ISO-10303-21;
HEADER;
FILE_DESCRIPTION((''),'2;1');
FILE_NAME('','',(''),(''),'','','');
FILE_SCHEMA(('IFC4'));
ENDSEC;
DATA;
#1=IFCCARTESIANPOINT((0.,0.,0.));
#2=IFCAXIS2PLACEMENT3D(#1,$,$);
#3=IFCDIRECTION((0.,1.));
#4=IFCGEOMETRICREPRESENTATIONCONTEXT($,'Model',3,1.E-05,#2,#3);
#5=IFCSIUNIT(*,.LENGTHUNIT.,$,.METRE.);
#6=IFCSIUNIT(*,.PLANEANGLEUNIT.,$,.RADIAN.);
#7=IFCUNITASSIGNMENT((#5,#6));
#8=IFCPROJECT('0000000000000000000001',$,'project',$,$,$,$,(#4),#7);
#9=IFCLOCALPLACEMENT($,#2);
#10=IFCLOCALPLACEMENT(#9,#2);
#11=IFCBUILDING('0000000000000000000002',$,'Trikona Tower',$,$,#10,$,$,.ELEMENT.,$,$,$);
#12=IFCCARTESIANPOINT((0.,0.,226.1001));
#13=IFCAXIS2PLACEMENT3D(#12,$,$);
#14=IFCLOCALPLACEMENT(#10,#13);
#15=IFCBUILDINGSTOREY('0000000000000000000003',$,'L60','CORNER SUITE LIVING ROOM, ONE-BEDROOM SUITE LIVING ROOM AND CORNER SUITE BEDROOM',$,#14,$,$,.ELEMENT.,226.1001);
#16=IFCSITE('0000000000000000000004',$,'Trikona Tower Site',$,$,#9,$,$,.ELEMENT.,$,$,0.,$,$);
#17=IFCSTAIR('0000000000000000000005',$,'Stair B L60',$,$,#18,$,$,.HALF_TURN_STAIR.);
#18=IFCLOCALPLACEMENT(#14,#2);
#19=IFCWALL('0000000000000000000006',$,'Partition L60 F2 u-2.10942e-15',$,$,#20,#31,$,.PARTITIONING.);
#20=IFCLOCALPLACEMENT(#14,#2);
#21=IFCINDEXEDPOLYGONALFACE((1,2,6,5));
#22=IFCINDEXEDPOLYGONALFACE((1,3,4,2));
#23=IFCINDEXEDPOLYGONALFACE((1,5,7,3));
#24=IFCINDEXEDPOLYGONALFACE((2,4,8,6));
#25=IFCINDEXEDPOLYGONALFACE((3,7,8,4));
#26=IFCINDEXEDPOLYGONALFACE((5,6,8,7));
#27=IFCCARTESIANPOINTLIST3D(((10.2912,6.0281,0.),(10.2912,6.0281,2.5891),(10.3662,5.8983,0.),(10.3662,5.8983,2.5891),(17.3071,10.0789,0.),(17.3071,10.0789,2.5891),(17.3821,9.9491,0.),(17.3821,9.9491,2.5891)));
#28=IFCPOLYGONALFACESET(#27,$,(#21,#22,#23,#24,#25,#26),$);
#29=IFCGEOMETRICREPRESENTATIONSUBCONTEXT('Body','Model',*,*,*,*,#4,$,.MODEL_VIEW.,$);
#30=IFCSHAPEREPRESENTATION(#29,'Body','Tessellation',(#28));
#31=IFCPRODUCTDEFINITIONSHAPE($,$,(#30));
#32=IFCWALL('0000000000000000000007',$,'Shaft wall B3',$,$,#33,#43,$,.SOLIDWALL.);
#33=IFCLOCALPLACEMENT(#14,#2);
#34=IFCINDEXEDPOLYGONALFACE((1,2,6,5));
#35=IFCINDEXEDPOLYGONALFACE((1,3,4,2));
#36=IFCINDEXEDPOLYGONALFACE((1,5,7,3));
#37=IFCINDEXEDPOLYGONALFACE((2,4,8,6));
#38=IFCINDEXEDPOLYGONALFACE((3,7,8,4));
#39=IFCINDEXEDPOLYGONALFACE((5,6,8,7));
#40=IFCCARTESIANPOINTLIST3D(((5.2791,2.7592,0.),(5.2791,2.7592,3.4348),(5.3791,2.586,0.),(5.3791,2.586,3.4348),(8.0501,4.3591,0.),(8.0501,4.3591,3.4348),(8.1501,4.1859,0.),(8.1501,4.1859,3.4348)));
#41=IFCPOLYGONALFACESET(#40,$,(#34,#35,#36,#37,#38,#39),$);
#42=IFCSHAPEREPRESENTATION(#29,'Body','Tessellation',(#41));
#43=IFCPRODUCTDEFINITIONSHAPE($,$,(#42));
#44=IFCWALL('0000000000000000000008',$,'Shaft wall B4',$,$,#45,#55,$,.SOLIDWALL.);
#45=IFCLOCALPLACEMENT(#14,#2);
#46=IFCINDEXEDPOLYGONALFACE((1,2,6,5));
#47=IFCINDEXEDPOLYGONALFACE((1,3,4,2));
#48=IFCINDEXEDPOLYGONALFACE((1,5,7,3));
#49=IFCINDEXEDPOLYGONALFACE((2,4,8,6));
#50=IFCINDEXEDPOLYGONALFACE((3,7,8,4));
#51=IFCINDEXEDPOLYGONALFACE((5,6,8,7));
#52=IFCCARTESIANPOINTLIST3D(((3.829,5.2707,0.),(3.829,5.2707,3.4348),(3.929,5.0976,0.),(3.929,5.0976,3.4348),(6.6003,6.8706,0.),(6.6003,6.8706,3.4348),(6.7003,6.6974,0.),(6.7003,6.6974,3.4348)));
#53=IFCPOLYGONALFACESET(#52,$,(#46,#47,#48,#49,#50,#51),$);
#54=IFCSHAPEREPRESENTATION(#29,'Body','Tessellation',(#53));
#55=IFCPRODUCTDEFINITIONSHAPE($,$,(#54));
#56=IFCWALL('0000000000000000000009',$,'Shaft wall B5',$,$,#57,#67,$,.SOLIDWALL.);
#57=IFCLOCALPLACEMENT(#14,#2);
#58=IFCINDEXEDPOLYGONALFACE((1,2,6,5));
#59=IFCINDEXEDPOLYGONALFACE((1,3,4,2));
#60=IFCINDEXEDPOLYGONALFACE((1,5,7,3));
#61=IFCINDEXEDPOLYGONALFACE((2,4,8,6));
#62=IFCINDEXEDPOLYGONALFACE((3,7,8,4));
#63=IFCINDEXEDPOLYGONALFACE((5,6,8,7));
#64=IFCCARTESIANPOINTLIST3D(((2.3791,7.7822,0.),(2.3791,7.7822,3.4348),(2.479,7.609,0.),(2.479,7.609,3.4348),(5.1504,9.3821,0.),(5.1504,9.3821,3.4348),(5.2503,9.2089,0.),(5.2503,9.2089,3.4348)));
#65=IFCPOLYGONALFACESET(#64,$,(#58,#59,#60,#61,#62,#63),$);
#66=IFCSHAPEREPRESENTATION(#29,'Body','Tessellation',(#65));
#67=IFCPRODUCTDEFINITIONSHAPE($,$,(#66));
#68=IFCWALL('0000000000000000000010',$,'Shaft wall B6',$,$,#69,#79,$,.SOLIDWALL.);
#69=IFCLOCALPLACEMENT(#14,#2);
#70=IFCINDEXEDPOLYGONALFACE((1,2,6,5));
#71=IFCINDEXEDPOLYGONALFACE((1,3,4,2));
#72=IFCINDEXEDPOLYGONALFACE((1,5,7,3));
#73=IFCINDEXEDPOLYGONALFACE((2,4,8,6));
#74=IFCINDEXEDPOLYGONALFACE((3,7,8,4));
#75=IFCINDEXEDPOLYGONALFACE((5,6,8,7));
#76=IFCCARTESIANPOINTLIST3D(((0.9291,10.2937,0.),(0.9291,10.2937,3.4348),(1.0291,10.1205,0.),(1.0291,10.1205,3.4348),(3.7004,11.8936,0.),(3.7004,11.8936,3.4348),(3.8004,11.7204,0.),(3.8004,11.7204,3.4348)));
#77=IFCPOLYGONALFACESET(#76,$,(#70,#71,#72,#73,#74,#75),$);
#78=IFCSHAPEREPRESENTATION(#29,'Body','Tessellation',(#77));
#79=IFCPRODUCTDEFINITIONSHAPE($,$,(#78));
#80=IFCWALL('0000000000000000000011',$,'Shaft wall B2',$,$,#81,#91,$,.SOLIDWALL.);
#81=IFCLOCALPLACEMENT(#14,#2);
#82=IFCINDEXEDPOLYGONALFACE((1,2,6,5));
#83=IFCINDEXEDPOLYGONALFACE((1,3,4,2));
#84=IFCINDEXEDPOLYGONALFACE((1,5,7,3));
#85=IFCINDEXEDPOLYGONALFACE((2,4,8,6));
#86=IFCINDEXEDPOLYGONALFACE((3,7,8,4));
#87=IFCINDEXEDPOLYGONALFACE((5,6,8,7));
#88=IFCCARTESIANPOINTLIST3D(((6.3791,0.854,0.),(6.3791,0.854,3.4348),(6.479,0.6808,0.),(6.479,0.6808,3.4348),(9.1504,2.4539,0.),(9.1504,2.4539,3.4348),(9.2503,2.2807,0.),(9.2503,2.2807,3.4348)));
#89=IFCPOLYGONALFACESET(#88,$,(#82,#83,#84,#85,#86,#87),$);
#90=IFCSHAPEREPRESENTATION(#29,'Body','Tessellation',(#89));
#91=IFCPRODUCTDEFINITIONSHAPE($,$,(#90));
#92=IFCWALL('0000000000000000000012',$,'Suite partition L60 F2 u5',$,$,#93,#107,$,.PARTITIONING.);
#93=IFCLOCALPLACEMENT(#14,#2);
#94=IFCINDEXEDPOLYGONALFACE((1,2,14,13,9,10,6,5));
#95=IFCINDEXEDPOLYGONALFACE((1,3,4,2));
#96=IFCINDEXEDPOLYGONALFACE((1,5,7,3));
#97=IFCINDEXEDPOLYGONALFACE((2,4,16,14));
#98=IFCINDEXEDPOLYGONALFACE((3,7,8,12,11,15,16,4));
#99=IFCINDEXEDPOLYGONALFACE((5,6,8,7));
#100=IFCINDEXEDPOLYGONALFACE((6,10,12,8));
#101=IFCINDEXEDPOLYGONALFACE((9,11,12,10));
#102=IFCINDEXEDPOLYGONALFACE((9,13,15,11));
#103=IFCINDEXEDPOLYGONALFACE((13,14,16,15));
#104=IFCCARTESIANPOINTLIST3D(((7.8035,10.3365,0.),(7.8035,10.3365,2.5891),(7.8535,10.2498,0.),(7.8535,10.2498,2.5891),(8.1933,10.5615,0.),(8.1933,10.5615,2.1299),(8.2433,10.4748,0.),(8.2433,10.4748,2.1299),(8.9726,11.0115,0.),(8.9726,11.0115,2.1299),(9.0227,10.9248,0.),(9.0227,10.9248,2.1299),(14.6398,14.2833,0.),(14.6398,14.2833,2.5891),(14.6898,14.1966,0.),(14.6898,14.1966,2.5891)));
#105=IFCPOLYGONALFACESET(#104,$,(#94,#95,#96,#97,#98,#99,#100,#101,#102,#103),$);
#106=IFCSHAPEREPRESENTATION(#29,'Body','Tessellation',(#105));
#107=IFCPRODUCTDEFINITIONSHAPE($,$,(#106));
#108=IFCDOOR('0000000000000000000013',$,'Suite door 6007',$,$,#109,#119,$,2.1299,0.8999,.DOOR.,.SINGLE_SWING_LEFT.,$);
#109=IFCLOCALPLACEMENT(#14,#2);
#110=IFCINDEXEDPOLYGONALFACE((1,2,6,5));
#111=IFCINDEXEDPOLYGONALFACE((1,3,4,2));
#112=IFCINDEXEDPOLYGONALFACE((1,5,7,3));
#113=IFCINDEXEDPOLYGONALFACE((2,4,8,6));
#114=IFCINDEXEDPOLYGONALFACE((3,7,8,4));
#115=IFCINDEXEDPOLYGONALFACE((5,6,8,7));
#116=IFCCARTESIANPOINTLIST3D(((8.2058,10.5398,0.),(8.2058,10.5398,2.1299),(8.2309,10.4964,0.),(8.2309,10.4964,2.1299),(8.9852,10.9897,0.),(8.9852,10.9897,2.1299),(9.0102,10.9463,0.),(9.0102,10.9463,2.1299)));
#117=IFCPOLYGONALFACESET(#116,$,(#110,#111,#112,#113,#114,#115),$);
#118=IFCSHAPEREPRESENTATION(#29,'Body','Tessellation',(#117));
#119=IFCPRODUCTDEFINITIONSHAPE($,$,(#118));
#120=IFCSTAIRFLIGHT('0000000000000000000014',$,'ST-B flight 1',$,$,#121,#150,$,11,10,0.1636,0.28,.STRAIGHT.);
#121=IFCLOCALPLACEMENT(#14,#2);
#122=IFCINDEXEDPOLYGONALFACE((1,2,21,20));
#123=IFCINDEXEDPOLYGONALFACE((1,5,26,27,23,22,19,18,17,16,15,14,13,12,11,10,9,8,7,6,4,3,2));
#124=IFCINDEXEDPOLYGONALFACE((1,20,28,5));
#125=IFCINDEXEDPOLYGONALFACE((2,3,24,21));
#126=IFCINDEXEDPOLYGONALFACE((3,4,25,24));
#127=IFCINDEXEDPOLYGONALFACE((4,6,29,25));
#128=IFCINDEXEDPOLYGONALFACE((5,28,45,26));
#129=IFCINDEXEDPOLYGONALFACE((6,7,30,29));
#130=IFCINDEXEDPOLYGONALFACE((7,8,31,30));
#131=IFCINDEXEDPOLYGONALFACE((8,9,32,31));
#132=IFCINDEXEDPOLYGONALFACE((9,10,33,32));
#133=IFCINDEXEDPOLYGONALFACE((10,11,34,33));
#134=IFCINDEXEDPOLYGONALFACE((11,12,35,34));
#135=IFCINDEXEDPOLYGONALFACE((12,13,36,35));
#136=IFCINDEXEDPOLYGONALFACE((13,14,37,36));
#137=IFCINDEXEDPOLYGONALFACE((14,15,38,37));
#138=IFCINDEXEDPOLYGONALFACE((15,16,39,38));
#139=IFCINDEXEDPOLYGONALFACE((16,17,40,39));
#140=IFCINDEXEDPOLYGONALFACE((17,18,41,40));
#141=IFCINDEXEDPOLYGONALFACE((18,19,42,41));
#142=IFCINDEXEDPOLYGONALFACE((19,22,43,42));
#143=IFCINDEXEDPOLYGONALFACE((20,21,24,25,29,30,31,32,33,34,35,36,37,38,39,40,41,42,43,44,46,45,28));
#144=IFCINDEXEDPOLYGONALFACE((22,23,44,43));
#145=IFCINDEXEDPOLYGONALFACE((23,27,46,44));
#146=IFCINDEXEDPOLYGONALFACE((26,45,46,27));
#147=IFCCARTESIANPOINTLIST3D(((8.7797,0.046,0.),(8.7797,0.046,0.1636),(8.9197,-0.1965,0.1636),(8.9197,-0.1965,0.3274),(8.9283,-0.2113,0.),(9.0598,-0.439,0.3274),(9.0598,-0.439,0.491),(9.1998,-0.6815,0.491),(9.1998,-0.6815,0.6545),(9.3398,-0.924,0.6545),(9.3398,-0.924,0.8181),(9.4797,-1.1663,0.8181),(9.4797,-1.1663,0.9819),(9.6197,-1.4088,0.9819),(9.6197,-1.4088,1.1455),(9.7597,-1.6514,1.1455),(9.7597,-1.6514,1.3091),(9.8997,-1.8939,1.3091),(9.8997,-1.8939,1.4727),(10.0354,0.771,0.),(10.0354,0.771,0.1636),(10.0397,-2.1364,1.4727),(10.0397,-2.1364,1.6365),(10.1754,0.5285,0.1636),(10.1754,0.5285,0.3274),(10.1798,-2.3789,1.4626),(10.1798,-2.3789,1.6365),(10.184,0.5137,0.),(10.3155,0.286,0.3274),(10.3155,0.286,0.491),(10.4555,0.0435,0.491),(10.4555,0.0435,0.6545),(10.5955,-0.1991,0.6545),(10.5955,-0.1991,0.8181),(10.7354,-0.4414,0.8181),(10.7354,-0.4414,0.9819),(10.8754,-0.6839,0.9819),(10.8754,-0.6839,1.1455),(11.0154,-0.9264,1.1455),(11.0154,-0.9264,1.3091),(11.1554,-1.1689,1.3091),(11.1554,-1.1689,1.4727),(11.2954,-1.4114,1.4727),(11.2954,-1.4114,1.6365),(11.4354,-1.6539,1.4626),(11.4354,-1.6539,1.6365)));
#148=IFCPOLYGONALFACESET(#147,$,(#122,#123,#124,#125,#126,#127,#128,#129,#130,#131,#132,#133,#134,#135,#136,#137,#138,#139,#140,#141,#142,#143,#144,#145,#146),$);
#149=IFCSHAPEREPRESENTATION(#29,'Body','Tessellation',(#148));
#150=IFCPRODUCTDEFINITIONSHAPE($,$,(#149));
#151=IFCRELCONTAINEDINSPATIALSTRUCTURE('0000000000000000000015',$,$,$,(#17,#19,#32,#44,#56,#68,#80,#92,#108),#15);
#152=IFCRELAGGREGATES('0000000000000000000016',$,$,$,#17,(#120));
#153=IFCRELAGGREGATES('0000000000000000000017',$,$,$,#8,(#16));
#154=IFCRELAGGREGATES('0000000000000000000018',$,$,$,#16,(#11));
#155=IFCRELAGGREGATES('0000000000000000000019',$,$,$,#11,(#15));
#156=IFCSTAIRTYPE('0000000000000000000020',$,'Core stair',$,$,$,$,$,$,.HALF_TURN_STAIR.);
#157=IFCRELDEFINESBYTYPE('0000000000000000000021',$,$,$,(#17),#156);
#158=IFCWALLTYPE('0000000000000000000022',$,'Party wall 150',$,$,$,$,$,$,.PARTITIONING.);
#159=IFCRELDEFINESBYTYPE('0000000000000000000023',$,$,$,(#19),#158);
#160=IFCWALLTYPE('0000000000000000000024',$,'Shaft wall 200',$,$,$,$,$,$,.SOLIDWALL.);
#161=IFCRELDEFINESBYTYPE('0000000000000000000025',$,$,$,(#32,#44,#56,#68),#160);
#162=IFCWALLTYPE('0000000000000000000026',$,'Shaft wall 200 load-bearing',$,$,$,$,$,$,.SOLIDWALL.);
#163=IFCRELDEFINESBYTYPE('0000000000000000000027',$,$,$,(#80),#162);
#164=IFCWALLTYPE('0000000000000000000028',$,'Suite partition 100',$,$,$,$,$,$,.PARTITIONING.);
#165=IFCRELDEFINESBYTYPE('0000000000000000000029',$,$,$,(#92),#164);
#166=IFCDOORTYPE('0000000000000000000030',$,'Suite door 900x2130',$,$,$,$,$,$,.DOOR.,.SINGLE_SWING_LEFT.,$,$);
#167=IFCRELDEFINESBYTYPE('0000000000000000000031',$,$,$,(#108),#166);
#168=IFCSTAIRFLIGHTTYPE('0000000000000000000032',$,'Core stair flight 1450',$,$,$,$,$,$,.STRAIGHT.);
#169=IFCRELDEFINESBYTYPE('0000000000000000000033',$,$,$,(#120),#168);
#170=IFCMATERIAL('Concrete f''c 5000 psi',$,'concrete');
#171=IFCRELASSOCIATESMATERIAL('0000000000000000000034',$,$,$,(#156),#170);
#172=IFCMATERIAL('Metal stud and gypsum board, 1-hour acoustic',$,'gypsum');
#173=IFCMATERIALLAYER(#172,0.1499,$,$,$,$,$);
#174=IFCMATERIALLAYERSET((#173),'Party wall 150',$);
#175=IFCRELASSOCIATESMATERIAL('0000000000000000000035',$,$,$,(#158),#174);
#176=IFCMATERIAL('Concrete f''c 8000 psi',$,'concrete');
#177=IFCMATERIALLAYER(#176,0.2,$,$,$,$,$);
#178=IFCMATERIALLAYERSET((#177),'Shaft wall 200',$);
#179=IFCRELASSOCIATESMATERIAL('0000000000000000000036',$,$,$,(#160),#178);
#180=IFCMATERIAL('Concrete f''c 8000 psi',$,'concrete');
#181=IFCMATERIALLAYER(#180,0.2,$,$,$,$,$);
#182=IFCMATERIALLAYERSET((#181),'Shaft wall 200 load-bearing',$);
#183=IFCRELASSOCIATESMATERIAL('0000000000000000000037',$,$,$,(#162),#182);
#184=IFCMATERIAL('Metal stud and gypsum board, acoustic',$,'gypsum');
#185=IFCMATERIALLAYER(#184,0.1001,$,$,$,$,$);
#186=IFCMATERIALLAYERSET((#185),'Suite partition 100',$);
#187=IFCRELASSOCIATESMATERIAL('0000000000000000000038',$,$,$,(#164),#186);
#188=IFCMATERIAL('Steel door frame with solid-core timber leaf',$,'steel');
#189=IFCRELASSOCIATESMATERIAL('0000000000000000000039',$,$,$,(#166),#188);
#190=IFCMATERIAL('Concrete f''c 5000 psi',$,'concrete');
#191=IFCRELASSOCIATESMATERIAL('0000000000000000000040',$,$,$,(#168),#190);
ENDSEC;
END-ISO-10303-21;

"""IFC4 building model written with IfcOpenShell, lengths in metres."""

from ifc_helpers import new_model, si_unit, direction, frame, frame_2d, origin, place, context, subcontext, project, spatial, polyline, rectangle, outline, extrude, material, layer, layer_set, type_object, element, fill, aggregate, save


model = new_model("IFC4")

# Units and contexts
model_context = context("Model", 3, precision=1e-05, world=origin(), true_north=direction((0.0, 1.0)))
body_context = subcontext(model_context, "Body", "Model", "MODEL_VIEW")
ifc_project = project(units=[si_unit("LENGTHUNIT", "METRE"), si_unit("PLANEANGLEUNIT", "RADIAN")], contexts=[model_context])

# Site, building, storey
site_placement = place(None, origin())
site = spatial("IfcSite", under=ifc_project, at=site_placement, Name="Trikona Tower Site", CompositionType="ELEMENT", RefElevation=0.0)
building_placement = place(site_placement, origin())
building = spatial("IfcBuilding", under=site, at=building_placement, Name="Trikona Tower", CompositionType="ELEMENT")
storey_placement = place(building_placement, frame((0.0, 0.0, 226.1001)))
storey = spatial("IfcBuildingStorey", under=building, at=storey_placement, Name="L60", Description="CORNER SUITE LIVING ROOM, ONE-BEDROOM SUITE LIVING ROOM AND CORNER SUITE BEDROOM", CompositionType="ELEMENT", Elevation=226.1001)

# Stair
ifc_material_1 = material(Name="Concrete f'c 5000 psi", Category="concrete")
stair_type = type_object("IfcStairType", Name="Core stair", PredefinedType="HALF_TURN_STAIR", material=ifc_material_1)
stair_1_placement = place(storey_placement, origin())
stair_1 = element("IfcStair", 1, at=stair_1_placement, inside=storey, type_object=stair_type, Name="Stair B L60", PredefinedType="HALF_TURN_STAIR")

# Walls
ifc_material_2 = material(Name="Metal stud and gypsum board, 1-hour acoustic", Category="gypsum")
ifc_layer_1 = layer(ifc_material_2, 0.1499)
ifc_layer_set_1 = layer_set([ifc_layer_1], Name="Party wall 150")
wall_type_1 = type_object("IfcWallType", Name="Party wall 150", PredefinedType="PARTITIONING", material=ifc_layer_set_1)
wall_1_placement = place(storey_placement, frame((10.3286, 5.9631, 0.0), z_axis=(0.0, 0.0, 1.0), x_axis=(0.866016, 0.500015, 0.0)))
element("IfcWall", 2, at=wall_1_placement, inside=storey, type_object=wall_type_1, Name="Partition L60 F2 u-2.10942e-15", PredefinedType="PARTITIONING", context=body_context, shape_type="SweptSolid", body=[
    extrude(rectangle(XDim=8.1013, YDim=0.1499, at=frame_2d((4.0508, 0.0))), origin(), (0.0, 0.0, 1.0), 2.5891),
])
ifc_material_3 = material(Name="Concrete f'c 8000 psi", Category="concrete")
ifc_layer_2 = layer(ifc_material_3, 0.2)
ifc_layer_set_2 = layer_set([ifc_layer_2], Name="Shaft wall 200")
wall_type_2 = type_object("IfcWallType", Name="Shaft wall 200", PredefinedType="SOLIDWALL", material=ifc_layer_set_2)
wall_2_placement = place(storey_placement, frame((5.3291, 2.6726, 0.0), z_axis=(0.0, 0.0, 1.0), x_axis=(0.866023, 0.500004, 0.0)))
element("IfcWall", 3, at=wall_2_placement, inside=storey, type_object=wall_type_2, Name="Shaft wall B3", PredefinedType="SOLIDWALL", context=body_context, shape_type="SweptSolid", body=[
    extrude(rectangle(XDim=3.1997, YDim=0.2, at=frame_2d((1.5999, 0.0))), origin(), (0.0, 0.0, 1.0), 3.4348),
])
for number, where, z_axis, x_axis, name in (
    (4, (3.8789, 5.1841, 0.0), (0.0, 0.0, 1.0), (0.866042, 0.499971, 0.0), "Shaft wall B4"),
    (5, (2.429, 7.6956, 0.0), (0.0, 0.0, 1.0), (0.866042, 0.499971, 0.0), "Shaft wall B5"),
    (6, (0.979, 10.207, 0.0), (0.0, 0.0, 1.0), (0.866042, 0.499971, 0.0), "Shaft wall B6"),
):
    element("IfcWall", number, at=place(storey_placement, frame(where, z_axis=z_axis, x_axis=x_axis)), inside=storey, type_object=wall_type_2, Name=name, PredefinedType="SOLIDWALL", context=body_context, shape_type="SweptSolid", body=[
        extrude(rectangle(XDim=3.2, YDim=0.2, at=frame_2d((1.6001, 0.0))), origin(), (0.0, 0.0, 1.0), 3.4348),
    ])
ifc_material_4 = material(Name="Concrete f'c 8000 psi", Category="concrete")
ifc_layer_3 = layer(ifc_material_4, 0.2)
ifc_layer_set_3 = layer_set([ifc_layer_3], Name="Shaft wall 200 load-bearing")
wall_type_3 = type_object("IfcWallType", Name="Shaft wall 200 load-bearing", PredefinedType="SOLIDWALL", material=ifc_layer_set_3)
wall_3_placement = place(storey_placement, frame((6.429, 0.7673, 0.0), z_axis=(0.0, 0.0, 1.0), x_axis=(0.866042, 0.499971, 0.0)))
element("IfcWall", 7, at=wall_3_placement, inside=storey, type_object=wall_type_3, Name="Shaft wall B2", PredefinedType="SOLIDWALL", context=body_context, shape_type="SweptSolid", body=[
    extrude(rectangle(XDim=3.2, YDim=0.2, at=frame_2d((1.6001, 0.0))), origin(), (0.0, 0.0, 1.0), 3.4348),
])

# Wall, opening, door
ifc_material_5 = material(Name="Metal stud and gypsum board, acoustic", Category="gypsum")
ifc_layer_4 = layer(ifc_material_5, 0.1001)
ifc_layer_set_4 = layer_set([ifc_layer_4], Name="Suite partition 100")
wall_type_4 = type_object("IfcWallType", Name="Suite partition 100", PredefinedType="PARTITIONING", material=ifc_layer_set_4)
wall_4_placement = place(storey_placement, frame((7.8286, 10.2932, 0.0), z_axis=(0.0, 0.0, 1.0), x_axis=(0.866031, 0.499991, 0.0)))
wall_4 = element("IfcWall", 8, at=wall_4_placement, inside=storey, type_object=wall_type_4, Name="Suite partition L60 F2 u5", PredefinedType="PARTITIONING", context=body_context, shape_type="SweptSolid", body=[
    extrude(rectangle(XDim=7.8938, YDim=0.1001, at=frame_2d((3.9468, 0.0))), origin(), (0.0, 0.0, 1.0), 2.5891),
])
opening_1_placement = place(wall_4_placement, frame((0.45, 0.0, 0.0)))
opening_1 = element("IfcOpeningElement", 9, at=opening_1_placement, cuts=wall_4, PredefinedType="OPENING", context=body_context, shape_type="SweptSolid", body=[
    extrude(rectangle(XDim=0.8999, YDim=2.1299, at=frame_2d((0.45, 1.0649))), frame((0.0, 0.0601, 0.0), z_axis=(0.0, -1.0, 0.0), x_axis=(1.0, 0.0, 0.0)), (0.0, 0.0, 1.0), 0.1201),
])
ifc_material_6 = material(Name="Steel door frame with solid-core timber leaf", Category="steel")
door_type_1 = type_object("IfcDoorType", Name="Suite door 900x2130", OperationType="SINGLE_SWING_LEFT", PredefinedType="DOOR", material=ifc_material_6)
door_1_placement = place(opening_1_placement, origin())
door_1 = element("IfcDoor", 10, at=door_1_placement, inside=storey, type_object=door_type_1, Name="Suite door 6007", OperationType="SINGLE_SWING_LEFT", OverallHeight=2.1299, OverallWidth=0.8999, PredefinedType="DOOR", context=body_context, shape_type="SweptSolid", body=[
    extrude(rectangle(XDim=0.8999, YDim=2.1299, at=frame_2d((0.45, 1.0649))), frame((0.0, 0.0249, 0.0), z_axis=(0.0, -1.0, 0.0), x_axis=(1.0, 0.0, 0.0)), (0.0, 0.0, 1.0), 0.05),
])
fill(opening_1, door_1)

# Stair flight
ifc_material_7 = material(Name="Concrete f'c 5000 psi", Category="concrete")
stair_flight_type = type_object("IfcStairFlightType", Name="Core stair flight 1450", PredefinedType="STRAIGHT", material=ifc_material_7)
stair_flight_placement = place(storey_placement, frame((9.4075, 0.4084, 0.0), z_axis=(0.0, 0.0, 1.0), x_axis=(0.5, -0.866025, 0.0)))
stair_flight = element("IfcStairFlight", 11, at=stair_flight_placement, type_object=stair_flight_type, Name="ST-B flight 1", NumberOfRisers=11, NumberOfTreads=10, PredefinedType="STRAIGHT", RiserHeight=0.1636, TreadLength=0.28, context=body_context, shape_type="SweptSolid", body=[
    extrude(outline(polyline([(0.0, 0.0), (0.0, 0.1636), (0.28, 0.1636), (0.28, 0.3274), (0.5601, 0.3274), (0.5601, 0.491), (0.8401, 0.491), (0.8401, 0.6545), (1.1201, 0.6545), (1.1201, 0.8181), (1.3999, 0.8181), (1.3999, 0.9819), (1.6799, 0.9819), (1.6799, 1.1455), (1.96, 1.1455), (1.96, 1.3091), (2.24, 1.3091), (2.24, 1.4727), (2.52, 1.4727), (2.52, 1.6365), (2.8, 1.6365), (2.8, 1.8), (2.8, 1.4626), (0.2971, 0.0), (0.0, 0.0)])), frame((0.0, 0.7251, 0.0), z_axis=(0.0, -1.0, 0.0), x_axis=(1.0, 0.0, 0.0)), (0.0, 0.0, 1.0), 1.45),
])
aggregate(stair_1, [stair_flight])

save(model, "model.ifc")
